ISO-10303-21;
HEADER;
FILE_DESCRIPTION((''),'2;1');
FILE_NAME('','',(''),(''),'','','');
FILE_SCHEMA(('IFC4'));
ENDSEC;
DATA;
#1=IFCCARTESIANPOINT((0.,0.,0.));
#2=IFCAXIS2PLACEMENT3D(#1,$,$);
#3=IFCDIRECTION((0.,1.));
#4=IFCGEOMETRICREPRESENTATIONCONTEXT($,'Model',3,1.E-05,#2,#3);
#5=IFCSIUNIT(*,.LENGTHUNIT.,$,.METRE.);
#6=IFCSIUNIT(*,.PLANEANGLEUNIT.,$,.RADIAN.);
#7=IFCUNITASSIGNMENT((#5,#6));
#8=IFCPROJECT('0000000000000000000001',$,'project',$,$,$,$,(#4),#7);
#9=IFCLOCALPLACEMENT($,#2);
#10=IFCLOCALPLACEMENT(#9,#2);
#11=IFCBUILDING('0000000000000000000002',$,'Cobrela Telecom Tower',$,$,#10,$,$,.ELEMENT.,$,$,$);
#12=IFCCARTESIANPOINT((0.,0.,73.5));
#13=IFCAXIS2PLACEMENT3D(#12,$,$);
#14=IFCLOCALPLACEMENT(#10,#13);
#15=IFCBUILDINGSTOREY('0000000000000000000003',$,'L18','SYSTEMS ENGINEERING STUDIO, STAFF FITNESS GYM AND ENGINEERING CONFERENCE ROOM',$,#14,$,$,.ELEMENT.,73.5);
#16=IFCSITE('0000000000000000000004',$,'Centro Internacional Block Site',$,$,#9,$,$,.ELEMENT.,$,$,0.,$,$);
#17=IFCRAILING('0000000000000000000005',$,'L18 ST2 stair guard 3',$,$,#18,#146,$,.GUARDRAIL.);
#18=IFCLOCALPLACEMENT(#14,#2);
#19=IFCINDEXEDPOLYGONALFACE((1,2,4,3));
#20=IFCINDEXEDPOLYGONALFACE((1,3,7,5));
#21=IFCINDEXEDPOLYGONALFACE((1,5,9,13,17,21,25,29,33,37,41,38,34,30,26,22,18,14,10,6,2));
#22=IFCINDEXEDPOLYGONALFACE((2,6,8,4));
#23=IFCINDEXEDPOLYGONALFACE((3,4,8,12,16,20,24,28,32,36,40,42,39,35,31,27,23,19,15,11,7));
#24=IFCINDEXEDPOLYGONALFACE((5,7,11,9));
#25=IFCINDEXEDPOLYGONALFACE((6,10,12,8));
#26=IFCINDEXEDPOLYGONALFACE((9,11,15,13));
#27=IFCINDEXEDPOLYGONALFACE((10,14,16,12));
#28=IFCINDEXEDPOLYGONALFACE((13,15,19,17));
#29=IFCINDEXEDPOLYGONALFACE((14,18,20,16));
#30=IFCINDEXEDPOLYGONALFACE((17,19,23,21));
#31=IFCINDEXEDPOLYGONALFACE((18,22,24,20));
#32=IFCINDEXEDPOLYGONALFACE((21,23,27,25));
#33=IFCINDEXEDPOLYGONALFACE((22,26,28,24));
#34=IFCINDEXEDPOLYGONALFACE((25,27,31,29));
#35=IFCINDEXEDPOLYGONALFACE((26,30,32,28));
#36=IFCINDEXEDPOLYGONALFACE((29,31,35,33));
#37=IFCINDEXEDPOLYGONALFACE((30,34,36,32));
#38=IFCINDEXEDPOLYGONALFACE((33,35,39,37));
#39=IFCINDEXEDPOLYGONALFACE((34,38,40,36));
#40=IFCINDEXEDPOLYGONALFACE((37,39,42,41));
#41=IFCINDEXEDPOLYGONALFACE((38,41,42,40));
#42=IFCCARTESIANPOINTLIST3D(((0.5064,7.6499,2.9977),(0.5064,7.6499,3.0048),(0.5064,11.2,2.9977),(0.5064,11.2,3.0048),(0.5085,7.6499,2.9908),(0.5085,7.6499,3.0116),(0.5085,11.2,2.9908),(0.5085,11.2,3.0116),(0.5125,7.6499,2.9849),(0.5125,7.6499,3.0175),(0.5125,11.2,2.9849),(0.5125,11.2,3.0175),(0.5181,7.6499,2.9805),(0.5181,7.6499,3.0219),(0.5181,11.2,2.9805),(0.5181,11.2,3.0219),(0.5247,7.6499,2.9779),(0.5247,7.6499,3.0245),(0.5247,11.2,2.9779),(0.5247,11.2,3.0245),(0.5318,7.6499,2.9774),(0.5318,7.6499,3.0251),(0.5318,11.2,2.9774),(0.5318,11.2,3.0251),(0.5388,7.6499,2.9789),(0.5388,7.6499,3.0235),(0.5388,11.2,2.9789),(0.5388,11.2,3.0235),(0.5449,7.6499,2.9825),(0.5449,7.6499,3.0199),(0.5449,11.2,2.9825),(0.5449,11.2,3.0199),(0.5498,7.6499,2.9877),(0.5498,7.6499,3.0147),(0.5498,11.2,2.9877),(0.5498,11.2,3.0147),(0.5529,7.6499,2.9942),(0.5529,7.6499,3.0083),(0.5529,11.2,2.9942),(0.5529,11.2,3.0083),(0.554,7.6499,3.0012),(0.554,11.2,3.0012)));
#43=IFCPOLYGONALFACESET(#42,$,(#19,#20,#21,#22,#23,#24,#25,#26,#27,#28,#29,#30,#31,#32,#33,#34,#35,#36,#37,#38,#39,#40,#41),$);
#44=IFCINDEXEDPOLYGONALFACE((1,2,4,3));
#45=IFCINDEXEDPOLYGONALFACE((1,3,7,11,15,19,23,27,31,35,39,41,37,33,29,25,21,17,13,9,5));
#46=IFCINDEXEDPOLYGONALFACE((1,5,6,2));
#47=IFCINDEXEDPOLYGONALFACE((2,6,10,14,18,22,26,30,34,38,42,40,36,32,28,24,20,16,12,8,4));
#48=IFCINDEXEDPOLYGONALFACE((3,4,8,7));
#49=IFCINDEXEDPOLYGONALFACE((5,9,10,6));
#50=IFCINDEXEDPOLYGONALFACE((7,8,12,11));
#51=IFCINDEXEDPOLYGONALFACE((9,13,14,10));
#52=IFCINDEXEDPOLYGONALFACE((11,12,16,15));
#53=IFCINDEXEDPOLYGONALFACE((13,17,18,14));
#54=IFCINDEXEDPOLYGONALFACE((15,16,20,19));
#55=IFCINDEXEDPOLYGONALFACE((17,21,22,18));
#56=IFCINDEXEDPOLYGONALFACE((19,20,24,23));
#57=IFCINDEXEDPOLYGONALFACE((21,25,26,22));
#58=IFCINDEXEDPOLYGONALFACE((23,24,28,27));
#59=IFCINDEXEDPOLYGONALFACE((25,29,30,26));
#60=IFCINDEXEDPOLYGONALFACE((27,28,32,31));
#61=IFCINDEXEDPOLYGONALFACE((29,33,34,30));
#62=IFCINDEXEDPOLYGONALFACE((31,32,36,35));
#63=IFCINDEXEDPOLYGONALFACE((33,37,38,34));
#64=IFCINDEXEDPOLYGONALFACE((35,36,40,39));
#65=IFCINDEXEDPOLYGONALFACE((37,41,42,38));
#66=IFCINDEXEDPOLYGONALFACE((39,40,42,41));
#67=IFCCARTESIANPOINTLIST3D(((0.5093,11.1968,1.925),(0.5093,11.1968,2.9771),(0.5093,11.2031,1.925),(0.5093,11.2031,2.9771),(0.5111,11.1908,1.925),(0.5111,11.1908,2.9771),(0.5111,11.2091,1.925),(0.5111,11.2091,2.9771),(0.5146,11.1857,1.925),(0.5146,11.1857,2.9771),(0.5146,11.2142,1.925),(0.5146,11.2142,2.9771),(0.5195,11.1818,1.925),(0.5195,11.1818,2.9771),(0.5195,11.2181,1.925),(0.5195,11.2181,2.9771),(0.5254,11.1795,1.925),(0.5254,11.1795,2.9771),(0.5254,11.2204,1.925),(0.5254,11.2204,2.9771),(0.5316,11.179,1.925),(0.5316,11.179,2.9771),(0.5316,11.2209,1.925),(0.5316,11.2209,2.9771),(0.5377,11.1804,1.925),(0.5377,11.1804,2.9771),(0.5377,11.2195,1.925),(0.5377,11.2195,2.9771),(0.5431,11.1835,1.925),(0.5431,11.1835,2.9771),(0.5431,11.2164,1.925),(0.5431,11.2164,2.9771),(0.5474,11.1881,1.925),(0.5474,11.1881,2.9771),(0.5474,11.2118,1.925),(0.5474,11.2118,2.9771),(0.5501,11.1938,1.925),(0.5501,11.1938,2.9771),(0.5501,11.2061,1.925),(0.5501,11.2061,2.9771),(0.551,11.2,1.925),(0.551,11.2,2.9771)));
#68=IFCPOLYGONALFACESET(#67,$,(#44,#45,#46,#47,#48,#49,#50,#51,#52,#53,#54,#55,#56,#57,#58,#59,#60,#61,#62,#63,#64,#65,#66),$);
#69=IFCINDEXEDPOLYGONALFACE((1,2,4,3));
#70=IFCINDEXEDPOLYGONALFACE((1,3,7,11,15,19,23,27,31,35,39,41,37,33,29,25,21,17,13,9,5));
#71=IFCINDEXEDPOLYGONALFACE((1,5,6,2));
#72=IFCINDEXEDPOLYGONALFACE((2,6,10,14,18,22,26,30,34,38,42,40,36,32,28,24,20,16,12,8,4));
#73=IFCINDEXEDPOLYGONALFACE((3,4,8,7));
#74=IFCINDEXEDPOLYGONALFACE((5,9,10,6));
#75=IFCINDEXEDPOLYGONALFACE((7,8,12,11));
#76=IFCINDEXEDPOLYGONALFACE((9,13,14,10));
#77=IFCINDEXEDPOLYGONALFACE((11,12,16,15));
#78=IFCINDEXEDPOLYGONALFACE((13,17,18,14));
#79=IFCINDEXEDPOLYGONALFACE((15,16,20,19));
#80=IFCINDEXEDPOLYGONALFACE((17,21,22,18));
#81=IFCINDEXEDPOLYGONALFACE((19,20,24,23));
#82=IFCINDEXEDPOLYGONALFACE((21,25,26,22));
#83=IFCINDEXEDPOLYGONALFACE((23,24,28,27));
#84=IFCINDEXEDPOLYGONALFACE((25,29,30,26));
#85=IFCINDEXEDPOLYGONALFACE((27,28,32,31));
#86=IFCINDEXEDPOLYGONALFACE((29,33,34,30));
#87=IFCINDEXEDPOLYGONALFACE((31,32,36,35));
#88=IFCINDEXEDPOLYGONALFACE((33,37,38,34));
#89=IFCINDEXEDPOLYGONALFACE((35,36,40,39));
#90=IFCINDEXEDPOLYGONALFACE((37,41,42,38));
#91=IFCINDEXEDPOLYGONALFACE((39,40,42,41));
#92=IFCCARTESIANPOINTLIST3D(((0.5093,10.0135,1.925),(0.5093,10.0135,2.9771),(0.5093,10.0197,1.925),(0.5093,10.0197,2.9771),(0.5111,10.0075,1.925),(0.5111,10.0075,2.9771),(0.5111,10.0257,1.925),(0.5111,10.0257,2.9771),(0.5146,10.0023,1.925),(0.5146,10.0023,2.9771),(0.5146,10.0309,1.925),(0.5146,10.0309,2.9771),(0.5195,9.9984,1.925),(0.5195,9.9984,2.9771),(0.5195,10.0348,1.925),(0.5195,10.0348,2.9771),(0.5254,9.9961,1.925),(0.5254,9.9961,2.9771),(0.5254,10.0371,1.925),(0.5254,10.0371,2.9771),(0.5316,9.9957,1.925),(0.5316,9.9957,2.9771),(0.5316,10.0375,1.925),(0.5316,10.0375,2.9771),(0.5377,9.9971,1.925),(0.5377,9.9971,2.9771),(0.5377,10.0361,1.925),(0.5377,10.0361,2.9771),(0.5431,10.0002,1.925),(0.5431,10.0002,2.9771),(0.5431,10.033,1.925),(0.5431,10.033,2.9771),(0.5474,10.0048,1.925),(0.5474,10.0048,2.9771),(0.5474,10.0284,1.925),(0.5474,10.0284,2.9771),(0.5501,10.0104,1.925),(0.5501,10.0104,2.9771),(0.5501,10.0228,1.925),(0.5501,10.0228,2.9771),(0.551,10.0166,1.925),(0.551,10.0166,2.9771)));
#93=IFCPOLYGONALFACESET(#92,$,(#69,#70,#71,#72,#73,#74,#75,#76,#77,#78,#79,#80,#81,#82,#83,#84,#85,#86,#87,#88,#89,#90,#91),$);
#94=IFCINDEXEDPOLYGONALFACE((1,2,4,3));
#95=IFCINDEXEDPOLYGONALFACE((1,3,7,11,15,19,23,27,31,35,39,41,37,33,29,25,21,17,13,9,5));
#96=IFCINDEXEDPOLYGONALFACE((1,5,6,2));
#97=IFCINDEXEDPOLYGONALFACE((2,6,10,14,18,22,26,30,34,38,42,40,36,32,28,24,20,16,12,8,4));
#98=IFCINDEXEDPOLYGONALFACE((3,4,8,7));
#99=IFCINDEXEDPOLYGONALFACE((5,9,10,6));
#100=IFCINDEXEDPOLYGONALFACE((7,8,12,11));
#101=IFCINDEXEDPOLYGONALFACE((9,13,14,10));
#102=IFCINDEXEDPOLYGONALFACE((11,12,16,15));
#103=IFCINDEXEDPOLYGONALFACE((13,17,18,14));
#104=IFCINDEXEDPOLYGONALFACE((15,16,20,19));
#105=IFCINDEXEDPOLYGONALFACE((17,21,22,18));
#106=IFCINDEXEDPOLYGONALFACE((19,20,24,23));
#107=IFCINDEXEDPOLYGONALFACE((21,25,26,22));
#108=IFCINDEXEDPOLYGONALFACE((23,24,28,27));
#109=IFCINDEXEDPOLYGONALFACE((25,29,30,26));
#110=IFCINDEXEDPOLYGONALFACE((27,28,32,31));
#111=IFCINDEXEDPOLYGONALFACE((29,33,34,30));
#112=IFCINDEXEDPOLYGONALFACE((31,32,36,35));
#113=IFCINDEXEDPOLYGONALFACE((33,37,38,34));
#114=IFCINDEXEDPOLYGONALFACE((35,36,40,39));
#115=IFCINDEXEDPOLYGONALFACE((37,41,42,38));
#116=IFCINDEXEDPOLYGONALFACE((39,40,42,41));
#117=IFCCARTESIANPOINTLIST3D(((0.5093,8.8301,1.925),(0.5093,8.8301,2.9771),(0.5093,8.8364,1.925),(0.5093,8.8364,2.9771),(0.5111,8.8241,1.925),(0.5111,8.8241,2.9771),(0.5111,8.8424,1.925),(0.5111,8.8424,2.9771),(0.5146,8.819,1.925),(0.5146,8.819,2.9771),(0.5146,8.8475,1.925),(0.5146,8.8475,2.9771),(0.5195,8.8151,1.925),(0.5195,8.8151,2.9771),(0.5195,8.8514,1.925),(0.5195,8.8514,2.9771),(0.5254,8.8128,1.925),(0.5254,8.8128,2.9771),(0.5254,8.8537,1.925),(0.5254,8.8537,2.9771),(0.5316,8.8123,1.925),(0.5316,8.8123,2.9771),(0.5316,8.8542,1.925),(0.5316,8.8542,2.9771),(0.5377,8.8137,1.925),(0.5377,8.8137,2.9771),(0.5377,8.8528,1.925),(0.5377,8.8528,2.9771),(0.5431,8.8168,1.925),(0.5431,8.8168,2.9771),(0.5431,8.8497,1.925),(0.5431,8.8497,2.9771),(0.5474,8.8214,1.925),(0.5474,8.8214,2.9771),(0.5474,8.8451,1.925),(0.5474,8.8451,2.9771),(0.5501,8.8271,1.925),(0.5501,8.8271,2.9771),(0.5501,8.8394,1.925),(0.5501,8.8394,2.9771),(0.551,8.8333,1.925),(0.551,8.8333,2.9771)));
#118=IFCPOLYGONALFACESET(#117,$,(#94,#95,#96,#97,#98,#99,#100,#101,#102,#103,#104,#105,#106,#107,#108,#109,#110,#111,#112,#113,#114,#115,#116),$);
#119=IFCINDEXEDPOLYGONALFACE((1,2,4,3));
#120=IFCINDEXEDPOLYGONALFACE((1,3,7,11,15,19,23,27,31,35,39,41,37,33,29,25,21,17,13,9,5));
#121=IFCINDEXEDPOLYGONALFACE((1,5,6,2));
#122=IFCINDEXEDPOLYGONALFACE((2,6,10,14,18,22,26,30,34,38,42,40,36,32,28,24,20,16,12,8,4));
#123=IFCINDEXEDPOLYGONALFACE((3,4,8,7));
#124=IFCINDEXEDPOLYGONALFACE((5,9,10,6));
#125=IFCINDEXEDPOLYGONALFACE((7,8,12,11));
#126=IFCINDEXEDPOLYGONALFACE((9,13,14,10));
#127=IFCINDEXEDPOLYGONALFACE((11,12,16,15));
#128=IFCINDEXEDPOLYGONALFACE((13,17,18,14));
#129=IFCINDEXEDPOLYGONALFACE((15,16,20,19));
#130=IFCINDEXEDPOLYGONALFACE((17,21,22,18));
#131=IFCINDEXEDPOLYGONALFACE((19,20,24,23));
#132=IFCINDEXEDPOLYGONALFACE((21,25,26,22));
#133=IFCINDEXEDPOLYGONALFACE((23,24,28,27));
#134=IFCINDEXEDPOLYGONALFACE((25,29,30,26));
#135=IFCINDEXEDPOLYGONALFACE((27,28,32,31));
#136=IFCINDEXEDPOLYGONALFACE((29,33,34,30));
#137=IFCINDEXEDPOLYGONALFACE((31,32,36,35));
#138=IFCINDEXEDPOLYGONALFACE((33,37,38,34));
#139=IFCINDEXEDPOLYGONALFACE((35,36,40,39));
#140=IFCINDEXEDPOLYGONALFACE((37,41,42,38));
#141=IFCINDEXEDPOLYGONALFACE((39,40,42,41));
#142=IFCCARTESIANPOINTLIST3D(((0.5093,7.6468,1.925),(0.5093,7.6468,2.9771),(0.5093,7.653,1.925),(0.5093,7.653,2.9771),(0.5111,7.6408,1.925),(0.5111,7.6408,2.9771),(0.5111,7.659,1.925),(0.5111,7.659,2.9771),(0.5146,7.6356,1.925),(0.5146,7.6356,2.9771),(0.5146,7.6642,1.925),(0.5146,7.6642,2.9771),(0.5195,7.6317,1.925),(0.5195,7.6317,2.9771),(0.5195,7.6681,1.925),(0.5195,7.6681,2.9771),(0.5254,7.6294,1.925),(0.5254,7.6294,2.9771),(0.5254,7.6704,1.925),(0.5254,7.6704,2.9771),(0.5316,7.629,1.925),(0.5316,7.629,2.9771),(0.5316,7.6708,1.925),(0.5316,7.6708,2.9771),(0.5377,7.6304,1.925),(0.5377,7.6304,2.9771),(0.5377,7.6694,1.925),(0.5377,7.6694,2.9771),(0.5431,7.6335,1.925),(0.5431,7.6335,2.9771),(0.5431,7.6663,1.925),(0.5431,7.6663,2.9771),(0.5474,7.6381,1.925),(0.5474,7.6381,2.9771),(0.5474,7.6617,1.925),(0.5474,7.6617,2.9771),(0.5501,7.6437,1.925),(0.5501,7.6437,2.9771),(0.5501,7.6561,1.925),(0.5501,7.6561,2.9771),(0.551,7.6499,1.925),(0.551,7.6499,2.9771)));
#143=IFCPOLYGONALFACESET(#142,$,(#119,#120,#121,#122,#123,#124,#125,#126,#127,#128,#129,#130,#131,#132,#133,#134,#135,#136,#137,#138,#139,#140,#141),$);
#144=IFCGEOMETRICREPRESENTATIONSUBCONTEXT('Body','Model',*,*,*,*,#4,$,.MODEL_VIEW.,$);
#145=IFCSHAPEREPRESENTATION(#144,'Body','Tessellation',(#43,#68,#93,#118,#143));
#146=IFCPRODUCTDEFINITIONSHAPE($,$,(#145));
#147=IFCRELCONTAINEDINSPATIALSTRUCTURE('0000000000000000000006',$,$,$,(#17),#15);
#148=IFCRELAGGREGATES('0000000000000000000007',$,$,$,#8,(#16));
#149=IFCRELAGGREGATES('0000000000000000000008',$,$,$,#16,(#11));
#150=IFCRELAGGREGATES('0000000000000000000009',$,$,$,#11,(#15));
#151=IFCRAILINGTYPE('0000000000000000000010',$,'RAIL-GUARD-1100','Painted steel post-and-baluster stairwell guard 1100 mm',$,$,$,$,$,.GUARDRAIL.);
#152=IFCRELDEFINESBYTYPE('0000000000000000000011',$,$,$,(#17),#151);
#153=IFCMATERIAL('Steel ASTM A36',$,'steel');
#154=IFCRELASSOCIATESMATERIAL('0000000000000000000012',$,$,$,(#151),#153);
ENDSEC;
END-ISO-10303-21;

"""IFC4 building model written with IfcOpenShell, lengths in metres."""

from ifc_helpers import new_model, si_unit, direction, frame, origin, origin_2d, place, context, subcontext, project, spatial, circle, extrude, material, type_object, element, save


model = new_model("IFC4")

# Units and contexts
model_context = context("Model", 3, precision=1e-05, world=origin(), true_north=direction((0.0, 1.0)))
body_context = subcontext(model_context, "Body", "Model", "MODEL_VIEW")
ifc_project = project(units=[si_unit("LENGTHUNIT", "METRE"), si_unit("PLANEANGLEUNIT", "RADIAN")], contexts=[model_context])

# Site, building, storey
site_placement = place(None, origin())
site = spatial("IfcSite", under=ifc_project, at=site_placement, Name="Centro Internacional Block Site", CompositionType="ELEMENT", RefElevation=0.0)
building_placement = place(site_placement, origin())
building = spatial("IfcBuilding", under=site, at=building_placement, Name="Cobrela Telecom Tower", CompositionType="ELEMENT")
storey_placement = place(building_placement, frame((0.0, 0.0, 73.5)))
storey = spatial("IfcBuildingStorey", under=building, at=storey_placement, Name="L18", Description="SYSTEMS ENGINEERING STUDIO, STAFF FITNESS GYM AND ENGINEERING CONFERENCE ROOM", CompositionType="ELEMENT", Elevation=73.5)

# Railing
ifc_material_1 = material(Name="Steel ASTM A36", Category="steel")
railing_type_1 = type_object("IfcRailingType", Name="RAIL-GUARD-1100", Description="Painted steel post-and-baluster stairwell guard 1100 mm", PredefinedType="GUARDRAIL", material=ifc_material_1)
railing_1_placement = place(storey_placement, frame((0.53, 11.2, 1.925)))
element("IfcRailing", 1, at=railing_1_placement, inside=storey, type_object=railing_type_1, Name="L18 ST2 stair guard 3", PredefinedType="GUARDRAIL", context=body_context, shape_type="SweptSolid", body=[
    extrude(circle(Radius=0.0239, at=origin_2d()), frame((0.0, 0.0, 1.0762), z_axis=(0.0, -1.0, 0.0), x_axis=(1.0, 0.0, 0.0)), (0.0, 0.0, 1.0), 3.55),
    extrude(circle(Radius=0.021, at=origin_2d()), origin(), (0.0, 0.0, 1.0), 1.052),
    extrude(circle(Radius=0.021, at=origin_2d()), frame((0.0, -1.1833, 0.0)), (0.0, 0.0, 1.0), 1.052),
    extrude(circle(Radius=0.021, at=origin_2d()), frame((0.0, -2.3667, 0.0)), (0.0, 0.0, 1.0), 1.052),
    extrude(circle(Radius=0.021, at=origin_2d()), frame((0.0, -3.55, 0.0)), (0.0, 0.0, 1.0), 1.052),
])

save(model, "model.ifc")
